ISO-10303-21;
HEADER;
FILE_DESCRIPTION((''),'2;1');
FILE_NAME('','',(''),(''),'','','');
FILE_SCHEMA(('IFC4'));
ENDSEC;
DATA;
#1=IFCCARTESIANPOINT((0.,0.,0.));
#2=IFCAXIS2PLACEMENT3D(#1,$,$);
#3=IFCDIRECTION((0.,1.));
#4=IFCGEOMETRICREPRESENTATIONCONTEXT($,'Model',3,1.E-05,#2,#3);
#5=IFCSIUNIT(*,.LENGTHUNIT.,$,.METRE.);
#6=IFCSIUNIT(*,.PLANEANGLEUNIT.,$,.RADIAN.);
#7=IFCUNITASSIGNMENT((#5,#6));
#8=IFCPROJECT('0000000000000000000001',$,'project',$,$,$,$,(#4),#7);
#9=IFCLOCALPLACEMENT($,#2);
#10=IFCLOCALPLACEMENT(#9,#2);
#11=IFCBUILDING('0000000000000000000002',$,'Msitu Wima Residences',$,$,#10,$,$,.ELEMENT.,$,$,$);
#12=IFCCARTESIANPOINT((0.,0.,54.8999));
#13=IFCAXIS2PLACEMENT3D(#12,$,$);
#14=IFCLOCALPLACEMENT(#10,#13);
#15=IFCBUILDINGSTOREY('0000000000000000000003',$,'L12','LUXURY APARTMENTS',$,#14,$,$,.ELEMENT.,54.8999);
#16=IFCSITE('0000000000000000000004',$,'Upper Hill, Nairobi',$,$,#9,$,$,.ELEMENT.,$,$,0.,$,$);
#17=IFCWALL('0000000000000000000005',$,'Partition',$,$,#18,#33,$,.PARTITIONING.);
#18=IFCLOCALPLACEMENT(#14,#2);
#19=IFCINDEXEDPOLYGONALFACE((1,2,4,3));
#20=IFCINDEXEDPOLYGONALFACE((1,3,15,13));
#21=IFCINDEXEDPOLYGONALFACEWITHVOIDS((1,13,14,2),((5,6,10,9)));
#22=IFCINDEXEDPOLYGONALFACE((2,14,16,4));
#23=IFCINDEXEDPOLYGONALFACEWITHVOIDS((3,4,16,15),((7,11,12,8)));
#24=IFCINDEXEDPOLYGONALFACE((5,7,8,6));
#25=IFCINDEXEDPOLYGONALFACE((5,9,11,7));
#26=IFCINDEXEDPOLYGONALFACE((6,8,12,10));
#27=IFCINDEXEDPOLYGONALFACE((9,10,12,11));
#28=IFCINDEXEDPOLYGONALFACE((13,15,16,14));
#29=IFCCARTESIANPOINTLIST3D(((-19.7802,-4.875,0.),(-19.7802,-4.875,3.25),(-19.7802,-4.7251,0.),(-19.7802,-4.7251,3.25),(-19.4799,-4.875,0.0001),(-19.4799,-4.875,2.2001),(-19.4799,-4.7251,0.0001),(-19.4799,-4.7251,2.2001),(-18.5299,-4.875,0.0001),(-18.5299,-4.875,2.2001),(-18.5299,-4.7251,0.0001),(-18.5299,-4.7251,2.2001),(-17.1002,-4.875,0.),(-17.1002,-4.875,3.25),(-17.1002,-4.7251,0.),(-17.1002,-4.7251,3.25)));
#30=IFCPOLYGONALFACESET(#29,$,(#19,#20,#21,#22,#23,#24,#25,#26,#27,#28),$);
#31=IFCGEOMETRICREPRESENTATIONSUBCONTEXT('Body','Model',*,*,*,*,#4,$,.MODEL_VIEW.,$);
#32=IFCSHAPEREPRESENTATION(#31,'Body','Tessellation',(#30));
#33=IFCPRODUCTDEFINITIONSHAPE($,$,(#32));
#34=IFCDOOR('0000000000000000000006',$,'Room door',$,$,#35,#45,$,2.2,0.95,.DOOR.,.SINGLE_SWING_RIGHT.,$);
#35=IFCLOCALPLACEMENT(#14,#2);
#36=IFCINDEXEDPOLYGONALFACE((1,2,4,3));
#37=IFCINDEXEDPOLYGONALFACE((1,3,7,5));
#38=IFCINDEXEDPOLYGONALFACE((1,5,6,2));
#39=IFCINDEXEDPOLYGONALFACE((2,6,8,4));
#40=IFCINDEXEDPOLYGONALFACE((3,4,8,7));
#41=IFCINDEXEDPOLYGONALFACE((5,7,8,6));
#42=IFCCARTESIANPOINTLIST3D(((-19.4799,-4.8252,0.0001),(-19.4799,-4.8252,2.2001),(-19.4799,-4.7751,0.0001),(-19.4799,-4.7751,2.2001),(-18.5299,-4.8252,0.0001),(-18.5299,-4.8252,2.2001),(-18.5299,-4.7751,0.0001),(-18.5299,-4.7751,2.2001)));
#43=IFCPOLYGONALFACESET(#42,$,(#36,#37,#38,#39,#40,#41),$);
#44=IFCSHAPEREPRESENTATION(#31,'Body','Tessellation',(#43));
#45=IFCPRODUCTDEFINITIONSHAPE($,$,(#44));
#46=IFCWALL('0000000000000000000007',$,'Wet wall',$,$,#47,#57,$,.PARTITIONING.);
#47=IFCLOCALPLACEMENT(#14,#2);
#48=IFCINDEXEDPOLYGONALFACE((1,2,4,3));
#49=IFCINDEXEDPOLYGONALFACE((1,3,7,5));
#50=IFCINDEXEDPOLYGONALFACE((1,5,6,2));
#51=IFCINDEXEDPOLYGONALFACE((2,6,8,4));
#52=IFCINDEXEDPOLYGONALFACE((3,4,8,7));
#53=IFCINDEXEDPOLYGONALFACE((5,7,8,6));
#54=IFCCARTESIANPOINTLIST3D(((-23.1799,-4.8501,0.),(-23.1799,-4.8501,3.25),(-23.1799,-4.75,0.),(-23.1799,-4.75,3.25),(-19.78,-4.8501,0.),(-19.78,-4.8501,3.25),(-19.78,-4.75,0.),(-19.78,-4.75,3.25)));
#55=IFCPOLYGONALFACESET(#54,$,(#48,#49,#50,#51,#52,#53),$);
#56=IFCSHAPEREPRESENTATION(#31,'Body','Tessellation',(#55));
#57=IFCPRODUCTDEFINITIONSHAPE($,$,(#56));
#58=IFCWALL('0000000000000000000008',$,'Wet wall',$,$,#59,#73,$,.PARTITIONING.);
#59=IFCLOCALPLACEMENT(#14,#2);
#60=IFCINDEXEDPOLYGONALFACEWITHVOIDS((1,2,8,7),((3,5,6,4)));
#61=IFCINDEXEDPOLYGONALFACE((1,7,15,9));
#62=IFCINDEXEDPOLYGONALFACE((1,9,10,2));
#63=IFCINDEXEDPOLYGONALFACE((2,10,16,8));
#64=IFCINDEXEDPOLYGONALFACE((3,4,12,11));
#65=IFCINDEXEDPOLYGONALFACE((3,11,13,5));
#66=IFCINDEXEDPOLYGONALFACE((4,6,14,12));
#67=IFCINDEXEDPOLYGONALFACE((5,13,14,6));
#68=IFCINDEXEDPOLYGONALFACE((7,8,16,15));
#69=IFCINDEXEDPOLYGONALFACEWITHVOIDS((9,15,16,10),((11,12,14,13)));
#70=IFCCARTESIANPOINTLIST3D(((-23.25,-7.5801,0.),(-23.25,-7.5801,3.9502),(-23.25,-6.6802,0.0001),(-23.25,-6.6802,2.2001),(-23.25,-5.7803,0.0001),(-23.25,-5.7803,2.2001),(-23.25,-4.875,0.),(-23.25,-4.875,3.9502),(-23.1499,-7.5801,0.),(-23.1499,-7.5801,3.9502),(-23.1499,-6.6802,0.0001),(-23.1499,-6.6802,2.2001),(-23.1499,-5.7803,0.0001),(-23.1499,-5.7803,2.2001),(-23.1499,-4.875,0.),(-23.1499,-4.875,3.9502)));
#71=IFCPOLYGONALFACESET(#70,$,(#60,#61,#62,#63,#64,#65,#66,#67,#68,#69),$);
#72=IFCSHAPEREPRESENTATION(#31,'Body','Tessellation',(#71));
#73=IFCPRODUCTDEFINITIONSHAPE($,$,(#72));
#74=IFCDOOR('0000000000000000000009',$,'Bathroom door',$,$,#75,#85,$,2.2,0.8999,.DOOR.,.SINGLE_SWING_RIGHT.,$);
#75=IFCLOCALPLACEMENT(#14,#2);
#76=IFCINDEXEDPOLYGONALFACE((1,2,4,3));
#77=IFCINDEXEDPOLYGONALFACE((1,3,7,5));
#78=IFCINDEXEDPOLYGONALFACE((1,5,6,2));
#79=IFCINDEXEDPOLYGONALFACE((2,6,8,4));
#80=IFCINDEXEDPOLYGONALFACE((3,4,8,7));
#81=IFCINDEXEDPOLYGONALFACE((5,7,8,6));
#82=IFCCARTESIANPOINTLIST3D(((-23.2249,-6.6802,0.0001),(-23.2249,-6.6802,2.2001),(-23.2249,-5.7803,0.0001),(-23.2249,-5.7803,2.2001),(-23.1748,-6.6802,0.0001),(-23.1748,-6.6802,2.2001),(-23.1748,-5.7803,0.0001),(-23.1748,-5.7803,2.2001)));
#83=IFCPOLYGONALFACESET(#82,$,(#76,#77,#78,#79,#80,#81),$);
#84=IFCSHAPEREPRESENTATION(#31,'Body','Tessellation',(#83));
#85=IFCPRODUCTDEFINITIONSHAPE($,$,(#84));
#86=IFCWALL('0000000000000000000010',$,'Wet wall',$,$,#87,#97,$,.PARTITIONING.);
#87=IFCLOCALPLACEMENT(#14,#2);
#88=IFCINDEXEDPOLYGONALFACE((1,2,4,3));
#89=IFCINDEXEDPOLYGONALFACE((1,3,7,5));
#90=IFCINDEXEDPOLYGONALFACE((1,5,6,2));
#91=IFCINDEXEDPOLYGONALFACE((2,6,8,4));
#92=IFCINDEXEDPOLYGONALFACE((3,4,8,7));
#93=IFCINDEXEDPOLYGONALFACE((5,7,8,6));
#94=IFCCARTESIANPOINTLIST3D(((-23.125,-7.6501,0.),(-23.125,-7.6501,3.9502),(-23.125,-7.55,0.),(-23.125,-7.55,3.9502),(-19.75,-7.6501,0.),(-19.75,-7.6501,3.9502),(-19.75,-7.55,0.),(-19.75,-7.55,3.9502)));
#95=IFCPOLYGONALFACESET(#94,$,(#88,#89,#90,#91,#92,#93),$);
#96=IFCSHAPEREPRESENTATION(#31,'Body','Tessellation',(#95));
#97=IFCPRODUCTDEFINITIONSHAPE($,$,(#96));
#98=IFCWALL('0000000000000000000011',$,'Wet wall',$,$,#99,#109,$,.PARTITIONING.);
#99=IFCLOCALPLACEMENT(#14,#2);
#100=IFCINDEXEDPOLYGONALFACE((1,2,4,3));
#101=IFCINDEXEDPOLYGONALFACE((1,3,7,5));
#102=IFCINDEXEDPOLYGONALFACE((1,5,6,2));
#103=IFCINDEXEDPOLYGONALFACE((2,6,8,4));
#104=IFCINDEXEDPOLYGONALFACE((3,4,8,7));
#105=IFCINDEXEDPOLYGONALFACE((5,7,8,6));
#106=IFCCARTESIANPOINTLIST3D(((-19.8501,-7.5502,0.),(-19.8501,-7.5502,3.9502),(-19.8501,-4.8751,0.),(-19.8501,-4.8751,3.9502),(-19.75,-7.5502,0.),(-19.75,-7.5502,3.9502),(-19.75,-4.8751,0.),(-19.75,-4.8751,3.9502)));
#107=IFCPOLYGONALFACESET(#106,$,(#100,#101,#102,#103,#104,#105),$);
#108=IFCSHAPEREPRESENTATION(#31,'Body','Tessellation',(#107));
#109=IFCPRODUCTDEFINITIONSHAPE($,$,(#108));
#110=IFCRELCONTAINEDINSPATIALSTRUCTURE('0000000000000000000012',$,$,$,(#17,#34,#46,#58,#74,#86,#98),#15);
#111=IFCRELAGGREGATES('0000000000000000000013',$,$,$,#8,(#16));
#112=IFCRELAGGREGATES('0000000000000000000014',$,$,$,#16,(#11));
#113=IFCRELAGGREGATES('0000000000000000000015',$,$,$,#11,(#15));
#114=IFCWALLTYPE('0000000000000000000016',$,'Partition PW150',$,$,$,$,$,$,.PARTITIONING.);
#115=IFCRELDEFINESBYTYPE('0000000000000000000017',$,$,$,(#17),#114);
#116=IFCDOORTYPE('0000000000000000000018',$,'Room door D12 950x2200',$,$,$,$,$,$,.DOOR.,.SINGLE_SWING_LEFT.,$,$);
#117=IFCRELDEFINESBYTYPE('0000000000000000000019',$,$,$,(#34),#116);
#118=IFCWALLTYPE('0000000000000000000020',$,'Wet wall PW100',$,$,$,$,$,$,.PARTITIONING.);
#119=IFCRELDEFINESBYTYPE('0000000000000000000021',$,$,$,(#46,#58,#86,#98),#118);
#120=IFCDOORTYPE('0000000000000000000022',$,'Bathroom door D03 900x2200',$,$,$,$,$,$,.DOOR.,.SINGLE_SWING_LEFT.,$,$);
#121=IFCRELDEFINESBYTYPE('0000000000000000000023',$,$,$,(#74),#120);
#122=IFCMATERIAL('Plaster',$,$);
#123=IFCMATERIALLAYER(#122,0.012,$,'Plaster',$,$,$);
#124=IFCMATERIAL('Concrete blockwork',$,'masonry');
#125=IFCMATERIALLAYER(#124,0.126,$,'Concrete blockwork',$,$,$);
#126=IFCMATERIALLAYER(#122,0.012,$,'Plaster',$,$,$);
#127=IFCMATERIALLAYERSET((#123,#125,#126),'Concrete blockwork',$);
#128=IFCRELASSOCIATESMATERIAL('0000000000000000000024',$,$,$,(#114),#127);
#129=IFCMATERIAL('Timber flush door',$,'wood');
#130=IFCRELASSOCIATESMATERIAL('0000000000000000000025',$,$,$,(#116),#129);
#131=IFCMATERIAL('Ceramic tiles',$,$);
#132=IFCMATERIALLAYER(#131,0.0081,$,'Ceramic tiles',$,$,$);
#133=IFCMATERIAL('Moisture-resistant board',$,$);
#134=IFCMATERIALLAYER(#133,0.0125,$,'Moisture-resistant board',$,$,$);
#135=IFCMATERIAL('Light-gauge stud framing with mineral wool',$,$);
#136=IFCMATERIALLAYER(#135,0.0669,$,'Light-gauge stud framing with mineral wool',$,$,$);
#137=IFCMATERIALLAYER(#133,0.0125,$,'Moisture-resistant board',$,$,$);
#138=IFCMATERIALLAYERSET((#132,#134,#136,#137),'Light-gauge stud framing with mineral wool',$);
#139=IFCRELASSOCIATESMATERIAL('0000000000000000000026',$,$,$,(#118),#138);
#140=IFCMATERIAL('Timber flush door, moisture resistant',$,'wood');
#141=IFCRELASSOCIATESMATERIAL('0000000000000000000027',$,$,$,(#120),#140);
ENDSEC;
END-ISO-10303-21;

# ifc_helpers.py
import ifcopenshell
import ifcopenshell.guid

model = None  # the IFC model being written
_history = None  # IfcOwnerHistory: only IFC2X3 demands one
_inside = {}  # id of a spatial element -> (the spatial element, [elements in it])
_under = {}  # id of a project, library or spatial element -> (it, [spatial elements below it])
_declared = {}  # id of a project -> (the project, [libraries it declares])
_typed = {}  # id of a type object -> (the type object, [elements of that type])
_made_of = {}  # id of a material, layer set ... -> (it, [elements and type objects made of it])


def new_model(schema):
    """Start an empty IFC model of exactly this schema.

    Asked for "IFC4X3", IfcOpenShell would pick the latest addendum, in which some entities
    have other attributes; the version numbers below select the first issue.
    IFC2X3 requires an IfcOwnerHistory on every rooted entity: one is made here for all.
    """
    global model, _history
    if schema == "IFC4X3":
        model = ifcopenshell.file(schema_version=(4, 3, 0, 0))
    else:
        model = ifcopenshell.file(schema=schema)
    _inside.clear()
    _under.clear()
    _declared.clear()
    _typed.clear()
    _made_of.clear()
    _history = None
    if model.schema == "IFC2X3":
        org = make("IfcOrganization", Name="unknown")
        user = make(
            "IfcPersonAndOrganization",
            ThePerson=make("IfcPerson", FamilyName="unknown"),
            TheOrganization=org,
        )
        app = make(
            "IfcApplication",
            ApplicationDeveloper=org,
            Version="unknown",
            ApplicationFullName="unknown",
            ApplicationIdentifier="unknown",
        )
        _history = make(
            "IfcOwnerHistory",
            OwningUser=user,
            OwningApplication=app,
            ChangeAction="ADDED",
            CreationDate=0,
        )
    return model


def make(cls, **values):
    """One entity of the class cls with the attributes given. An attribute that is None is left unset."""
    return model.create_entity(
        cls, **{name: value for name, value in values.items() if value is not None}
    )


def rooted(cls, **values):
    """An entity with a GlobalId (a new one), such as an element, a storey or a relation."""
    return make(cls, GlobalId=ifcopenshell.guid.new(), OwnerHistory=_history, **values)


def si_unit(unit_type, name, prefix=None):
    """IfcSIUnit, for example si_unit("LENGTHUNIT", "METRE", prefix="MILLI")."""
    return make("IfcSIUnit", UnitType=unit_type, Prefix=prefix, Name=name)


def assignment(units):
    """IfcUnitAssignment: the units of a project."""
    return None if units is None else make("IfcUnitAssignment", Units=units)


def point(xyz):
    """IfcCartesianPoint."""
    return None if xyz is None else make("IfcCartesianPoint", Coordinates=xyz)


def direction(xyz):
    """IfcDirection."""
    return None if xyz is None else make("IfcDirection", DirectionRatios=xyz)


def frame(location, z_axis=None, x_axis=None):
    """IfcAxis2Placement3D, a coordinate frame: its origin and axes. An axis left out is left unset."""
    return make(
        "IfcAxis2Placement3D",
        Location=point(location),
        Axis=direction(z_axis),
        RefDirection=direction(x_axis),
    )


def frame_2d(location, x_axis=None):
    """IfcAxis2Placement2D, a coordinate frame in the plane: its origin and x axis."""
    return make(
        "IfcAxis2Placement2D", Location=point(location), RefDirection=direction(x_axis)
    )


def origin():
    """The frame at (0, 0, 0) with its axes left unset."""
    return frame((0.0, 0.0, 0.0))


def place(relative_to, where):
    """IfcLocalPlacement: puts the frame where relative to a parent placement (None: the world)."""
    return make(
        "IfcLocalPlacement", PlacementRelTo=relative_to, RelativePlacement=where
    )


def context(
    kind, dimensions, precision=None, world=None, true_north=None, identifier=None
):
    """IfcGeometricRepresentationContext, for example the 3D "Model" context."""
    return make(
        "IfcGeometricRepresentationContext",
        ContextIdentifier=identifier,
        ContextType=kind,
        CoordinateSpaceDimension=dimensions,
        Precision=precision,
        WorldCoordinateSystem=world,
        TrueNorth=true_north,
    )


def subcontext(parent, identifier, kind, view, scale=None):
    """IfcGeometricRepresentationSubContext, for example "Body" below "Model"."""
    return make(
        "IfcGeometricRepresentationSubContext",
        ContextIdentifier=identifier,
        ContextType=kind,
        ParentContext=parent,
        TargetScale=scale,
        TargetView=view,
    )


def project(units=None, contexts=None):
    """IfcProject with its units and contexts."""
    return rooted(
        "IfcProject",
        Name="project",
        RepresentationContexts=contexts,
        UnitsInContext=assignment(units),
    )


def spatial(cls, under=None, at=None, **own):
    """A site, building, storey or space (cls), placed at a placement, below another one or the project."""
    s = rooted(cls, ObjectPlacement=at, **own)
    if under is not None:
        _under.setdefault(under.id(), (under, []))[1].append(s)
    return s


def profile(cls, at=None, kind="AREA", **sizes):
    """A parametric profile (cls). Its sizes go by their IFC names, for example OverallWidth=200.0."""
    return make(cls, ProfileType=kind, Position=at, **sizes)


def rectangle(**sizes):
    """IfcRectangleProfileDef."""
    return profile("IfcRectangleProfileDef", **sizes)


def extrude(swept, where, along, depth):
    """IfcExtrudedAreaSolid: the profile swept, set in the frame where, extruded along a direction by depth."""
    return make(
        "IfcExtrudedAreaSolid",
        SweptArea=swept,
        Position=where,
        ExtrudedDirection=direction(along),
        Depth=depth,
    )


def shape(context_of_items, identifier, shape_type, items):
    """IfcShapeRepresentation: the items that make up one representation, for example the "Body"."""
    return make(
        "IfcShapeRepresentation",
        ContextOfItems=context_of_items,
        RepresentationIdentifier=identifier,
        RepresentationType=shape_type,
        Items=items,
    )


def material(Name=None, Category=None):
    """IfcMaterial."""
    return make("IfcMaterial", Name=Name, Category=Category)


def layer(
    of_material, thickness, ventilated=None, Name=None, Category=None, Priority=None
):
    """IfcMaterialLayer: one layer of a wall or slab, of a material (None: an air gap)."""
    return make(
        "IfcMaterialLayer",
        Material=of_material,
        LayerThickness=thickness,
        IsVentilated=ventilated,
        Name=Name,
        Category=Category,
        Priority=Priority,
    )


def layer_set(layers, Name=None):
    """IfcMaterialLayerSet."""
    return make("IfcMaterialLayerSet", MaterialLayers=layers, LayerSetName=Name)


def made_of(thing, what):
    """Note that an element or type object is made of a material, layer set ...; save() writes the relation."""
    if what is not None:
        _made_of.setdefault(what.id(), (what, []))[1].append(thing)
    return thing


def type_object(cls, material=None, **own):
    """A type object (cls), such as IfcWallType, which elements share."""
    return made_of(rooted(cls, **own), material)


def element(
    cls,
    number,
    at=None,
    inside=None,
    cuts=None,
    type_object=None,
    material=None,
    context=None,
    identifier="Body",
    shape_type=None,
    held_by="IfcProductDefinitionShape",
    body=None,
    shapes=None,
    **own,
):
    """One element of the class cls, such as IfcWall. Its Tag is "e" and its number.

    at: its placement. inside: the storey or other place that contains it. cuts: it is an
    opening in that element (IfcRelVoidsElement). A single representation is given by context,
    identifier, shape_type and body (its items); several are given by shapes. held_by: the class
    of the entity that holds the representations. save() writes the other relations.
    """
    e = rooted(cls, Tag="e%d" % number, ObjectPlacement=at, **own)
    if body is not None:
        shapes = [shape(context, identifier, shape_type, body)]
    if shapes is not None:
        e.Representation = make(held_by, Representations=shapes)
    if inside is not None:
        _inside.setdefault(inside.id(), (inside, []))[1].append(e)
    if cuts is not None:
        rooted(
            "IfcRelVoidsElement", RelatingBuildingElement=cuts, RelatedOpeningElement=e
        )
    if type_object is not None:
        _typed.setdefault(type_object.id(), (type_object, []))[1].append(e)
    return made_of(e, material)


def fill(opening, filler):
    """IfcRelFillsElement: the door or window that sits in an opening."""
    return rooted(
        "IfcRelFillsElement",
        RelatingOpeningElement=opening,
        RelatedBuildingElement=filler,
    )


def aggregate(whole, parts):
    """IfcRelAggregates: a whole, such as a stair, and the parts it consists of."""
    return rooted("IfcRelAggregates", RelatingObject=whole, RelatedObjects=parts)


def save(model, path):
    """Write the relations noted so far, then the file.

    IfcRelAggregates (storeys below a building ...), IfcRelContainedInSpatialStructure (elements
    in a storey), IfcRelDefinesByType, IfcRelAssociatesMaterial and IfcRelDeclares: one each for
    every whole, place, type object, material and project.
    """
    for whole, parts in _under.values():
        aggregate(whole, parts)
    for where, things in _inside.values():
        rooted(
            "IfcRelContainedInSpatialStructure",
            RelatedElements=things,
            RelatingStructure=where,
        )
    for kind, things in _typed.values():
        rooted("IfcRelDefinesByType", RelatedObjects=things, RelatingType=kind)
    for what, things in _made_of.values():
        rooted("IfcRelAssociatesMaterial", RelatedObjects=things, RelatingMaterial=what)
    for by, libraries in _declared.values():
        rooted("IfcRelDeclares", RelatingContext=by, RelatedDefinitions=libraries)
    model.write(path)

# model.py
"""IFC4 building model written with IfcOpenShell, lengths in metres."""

from ifc_helpers import new_model, si_unit, direction, frame, frame_2d, origin, place, context, subcontext, project, spatial, rectangle, extrude, material, layer, layer_set, type_object, element, fill, save


model = new_model("IFC4")

# Units and contexts
model_context = context("Model", 3, precision=1e-05, world=origin(), true_north=direction((0.0, 1.0)))
body_context = subcontext(model_context, "Body", "Model", "MODEL_VIEW")
ifc_project = project(units=[si_unit("LENGTHUNIT", "METRE"), si_unit("PLANEANGLEUNIT", "RADIAN")], contexts=[model_context])

# Site, building, storey
site_placement = place(None, origin())
site = spatial("IfcSite", under=ifc_project, at=site_placement, Name="Upper Hill, Nairobi", CompositionType="ELEMENT", RefElevation=0.0)
building_placement = place(site_placement, origin())
building = spatial("IfcBuilding", under=site, at=building_placement, Name="Msitu Wima Residences", CompositionType="ELEMENT")
storey_placement = place(building_placement, frame((0.0, 0.0, 54.8999)))
storey = spatial("IfcBuildingStorey", under=building, at=storey_placement, Name="L12", Description="LUXURY APARTMENTS", CompositionType="ELEMENT", Elevation=54.8999)

# Shared definitions
ifc_material_1 = material(Name="Plaster")
ifc_layer_1 = layer(ifc_material_1, 0.012, Name="Plaster")
ifc_material_2 = material(Name="Concrete blockwork", Category="masonry")
ifc_layer_2 = layer(ifc_material_2, 0.126, Name="Concrete blockwork")
ifc_layer_3 = layer(ifc_material_1, 0.012, Name="Plaster")
ifc_layer_set_1 = layer_set([ifc_layer_1, ifc_layer_2, ifc_layer_3], Name="Concrete blockwork")
wall_type_1 = type_object("IfcWallType", Name="Partition PW150", PredefinedType="PARTITIONING", material=ifc_layer_set_1)

# Shared definitions
ifc_material_3 = material(Name="Timber flush door", Category="wood")
door_type_1 = type_object("IfcDoorType", Name="Room door D12 950x2200", OperationType="SINGLE_SWING_LEFT", PredefinedType="DOOR", material=ifc_material_3)

# Wall, opening, door
wall_1_placement = place(storey_placement, frame((-19.78, -4.8, 0.0), z_axis=(0.0, 0.0, 1.0), x_axis=(1.0, 0.0, 0.0)))
wall_1 = element("IfcWall", 1, at=wall_1_placement, inside=storey, type_object=wall_type_1, Name="Partition", PredefinedType="PARTITIONING", context=body_context, shape_type="SweptSolid", body=[
    extrude(rectangle(XDim=2.6799, YDim=0.1499, at=frame_2d((1.3398, 0.0))), origin(), (0.0, 0.0, 1.0), 3.25),
])
opening_1_placement = place(wall_1_placement, frame((0.3, 0.0, 0.0)))
opening_1 = element("IfcOpeningElement", 2, at=opening_1_placement, cuts=wall_1, PredefinedType="OPENING", context=body_context, shape_type="SweptSolid", body=[
    extrude(rectangle(XDim=0.95, YDim=2.2, at=frame_2d((0.4751, 1.1001))), frame((0.0, 0.085, 0.0), z_axis=(0.0, -1.0, 0.0), x_axis=(1.0, 0.0, 0.0)), (0.0, 0.0, 1.0), 0.1699),
])
door_1_placement = place(opening_1_placement, origin())
door_1 = element("IfcDoor", 3, at=door_1_placement, inside=storey, type_object=door_type_1, Name="Room door", OperationType="SINGLE_SWING_RIGHT", OverallHeight=2.2, OverallWidth=0.95, PredefinedType="DOOR", context=body_context, shape_type="SweptSolid", body=[
    extrude(rectangle(XDim=0.95, YDim=2.2, at=frame_2d((0.4751, 1.1001))), frame((0.0, 0.0249, 0.0), z_axis=(0.0, -1.0, 0.0), x_axis=(1.0, 0.0, 0.0)), (0.0, 0.0, 1.0), 0.05),
])
fill(opening_1, door_1)

# Wall
ifc_material_4 = material(Name="Ceramic tiles")
ifc_layer_4 = layer(ifc_material_4, 0.0081, Name="Ceramic tiles")
ifc_material_5 = material(Name="Moisture-resistant board")
ifc_layer_5 = layer(ifc_material_5, 0.0125, Name="Moisture-resistant board")
ifc_material_6 = material(Name="Light-gauge stud framing with mineral wool")
ifc_layer_6 = layer(ifc_material_6, 0.0669, Name="Light-gauge stud framing with mineral wool")
ifc_layer_7 = layer(ifc_material_5, 0.0125, Name="Moisture-resistant board")
ifc_layer_set_2 = layer_set([ifc_layer_4, ifc_layer_5, ifc_layer_6, ifc_layer_7], Name="Light-gauge stud framing with mineral wool")
wall_type_2 = type_object("IfcWallType", Name="Wet wall PW100", PredefinedType="PARTITIONING", material=ifc_layer_set_2)
wall_2_placement = place(storey_placement, frame((-23.1799, -4.8, 0.0), z_axis=(0.0, 0.0, 1.0), x_axis=(1.0, 0.0, 0.0)))
element("IfcWall", 4, at=wall_2_placement, inside=storey, type_object=wall_type_2, Name="Wet wall", PredefinedType="PARTITIONING", context=body_context, shape_type="SweptSolid", body=[
    extrude(rectangle(XDim=3.3999, YDim=0.1001, at=frame_2d((1.7, 0.0))), origin(), (0.0, 0.0, 1.0), 3.25),
])

# Wall, opening, door
wall_3_placement = place(storey_placement, frame((-23.2, -7.5801, 0.0), z_axis=(0.0, 0.0, 1.0), x_axis=(0.0, 1.0, 0.0)))
wall_3 = element("IfcWall", 5, at=wall_3_placement, inside=storey, type_object=wall_type_2, Name="Wet wall", PredefinedType="PARTITIONING", context=body_context, shape_type="SweptSolid", body=[
    extrude(rectangle(XDim=2.7051, YDim=0.1001, at=frame_2d((1.3525, 0.0))), origin(), (0.0, 0.0, 1.0), 3.9502),
])
opening_2_placement = place(wall_3_placement, frame((0.8999, 0.0, 0.0)))
opening_2 = element("IfcOpeningElement", 6, at=opening_2_placement, cuts=wall_3, PredefinedType="OPENING", context=body_context, shape_type="SweptSolid", body=[
    extrude(rectangle(XDim=0.8999, YDim=2.2, at=frame_2d((0.45, 1.1001))), frame((0.0, 0.0601, 0.0), z_axis=(0.0, -1.0, 0.0), x_axis=(1.0, 0.0, 0.0)), (0.0, 0.0, 1.0), 0.1201),
])
ifc_material_7 = material(Name="Timber flush door, moisture resistant", Category="wood")
door_type_2 = type_object("IfcDoorType", Name="Bathroom door D03 900x2200", OperationType="SINGLE_SWING_LEFT", PredefinedType="DOOR", material=ifc_material_7)
door_2_placement = place(opening_2_placement, origin())
door_2 = element("IfcDoor", 7, at=door_2_placement, inside=storey, type_object=door_type_2, Name="Bathroom door", OperationType="SINGLE_SWING_RIGHT", OverallHeight=2.2, OverallWidth=0.8999, PredefinedType="DOOR", context=body_context, shape_type="SweptSolid", body=[
    extrude(rectangle(XDim=0.8999, YDim=2.2, at=frame_2d((0.45, 1.1001))), frame((0.0, 0.0249, 0.0), z_axis=(0.0, -1.0, 0.0), x_axis=(1.0, 0.0, 0.0)), (0.0, 0.0, 1.0), 0.05),
])
fill(opening_2, door_2)

# Walls
wall_4_placement = place(storey_placement, frame((-23.125, -7.6001, 0.0), z_axis=(0.0, 0.0, 1.0), x_axis=(1.0, 0.0, 0.0)))
element("IfcWall", 8, at=wall_4_placement, inside=storey, type_object=wall_type_2, Name="Wet wall", PredefinedType="PARTITIONING", context=body_context, shape_type="SweptSolid", body=[
    extrude(rectangle(XDim=3.375, YDim=0.1001, at=frame_2d((1.6875, 0.0))), origin(), (0.0, 0.0, 1.0), 3.9502),
])
wall_5_placement = place(storey_placement, frame((-19.8, -7.55, 0.0), z_axis=(0.0, 0.0, 1.0), x_axis=(0.0, 1.0, 0.0)))
element("IfcWall", 9, at=wall_5_placement, inside=storey, type_object=wall_type_2, Name="Wet wall", PredefinedType="PARTITIONING", context=body_context, shape_type="SweptSolid", body=[
    extrude(rectangle(XDim=2.675, YDim=0.1001, at=frame_2d((1.3374, 0.0))), origin(), (0.0, 0.0, 1.0), 3.9502),
])

save(model, "model.ifc")
